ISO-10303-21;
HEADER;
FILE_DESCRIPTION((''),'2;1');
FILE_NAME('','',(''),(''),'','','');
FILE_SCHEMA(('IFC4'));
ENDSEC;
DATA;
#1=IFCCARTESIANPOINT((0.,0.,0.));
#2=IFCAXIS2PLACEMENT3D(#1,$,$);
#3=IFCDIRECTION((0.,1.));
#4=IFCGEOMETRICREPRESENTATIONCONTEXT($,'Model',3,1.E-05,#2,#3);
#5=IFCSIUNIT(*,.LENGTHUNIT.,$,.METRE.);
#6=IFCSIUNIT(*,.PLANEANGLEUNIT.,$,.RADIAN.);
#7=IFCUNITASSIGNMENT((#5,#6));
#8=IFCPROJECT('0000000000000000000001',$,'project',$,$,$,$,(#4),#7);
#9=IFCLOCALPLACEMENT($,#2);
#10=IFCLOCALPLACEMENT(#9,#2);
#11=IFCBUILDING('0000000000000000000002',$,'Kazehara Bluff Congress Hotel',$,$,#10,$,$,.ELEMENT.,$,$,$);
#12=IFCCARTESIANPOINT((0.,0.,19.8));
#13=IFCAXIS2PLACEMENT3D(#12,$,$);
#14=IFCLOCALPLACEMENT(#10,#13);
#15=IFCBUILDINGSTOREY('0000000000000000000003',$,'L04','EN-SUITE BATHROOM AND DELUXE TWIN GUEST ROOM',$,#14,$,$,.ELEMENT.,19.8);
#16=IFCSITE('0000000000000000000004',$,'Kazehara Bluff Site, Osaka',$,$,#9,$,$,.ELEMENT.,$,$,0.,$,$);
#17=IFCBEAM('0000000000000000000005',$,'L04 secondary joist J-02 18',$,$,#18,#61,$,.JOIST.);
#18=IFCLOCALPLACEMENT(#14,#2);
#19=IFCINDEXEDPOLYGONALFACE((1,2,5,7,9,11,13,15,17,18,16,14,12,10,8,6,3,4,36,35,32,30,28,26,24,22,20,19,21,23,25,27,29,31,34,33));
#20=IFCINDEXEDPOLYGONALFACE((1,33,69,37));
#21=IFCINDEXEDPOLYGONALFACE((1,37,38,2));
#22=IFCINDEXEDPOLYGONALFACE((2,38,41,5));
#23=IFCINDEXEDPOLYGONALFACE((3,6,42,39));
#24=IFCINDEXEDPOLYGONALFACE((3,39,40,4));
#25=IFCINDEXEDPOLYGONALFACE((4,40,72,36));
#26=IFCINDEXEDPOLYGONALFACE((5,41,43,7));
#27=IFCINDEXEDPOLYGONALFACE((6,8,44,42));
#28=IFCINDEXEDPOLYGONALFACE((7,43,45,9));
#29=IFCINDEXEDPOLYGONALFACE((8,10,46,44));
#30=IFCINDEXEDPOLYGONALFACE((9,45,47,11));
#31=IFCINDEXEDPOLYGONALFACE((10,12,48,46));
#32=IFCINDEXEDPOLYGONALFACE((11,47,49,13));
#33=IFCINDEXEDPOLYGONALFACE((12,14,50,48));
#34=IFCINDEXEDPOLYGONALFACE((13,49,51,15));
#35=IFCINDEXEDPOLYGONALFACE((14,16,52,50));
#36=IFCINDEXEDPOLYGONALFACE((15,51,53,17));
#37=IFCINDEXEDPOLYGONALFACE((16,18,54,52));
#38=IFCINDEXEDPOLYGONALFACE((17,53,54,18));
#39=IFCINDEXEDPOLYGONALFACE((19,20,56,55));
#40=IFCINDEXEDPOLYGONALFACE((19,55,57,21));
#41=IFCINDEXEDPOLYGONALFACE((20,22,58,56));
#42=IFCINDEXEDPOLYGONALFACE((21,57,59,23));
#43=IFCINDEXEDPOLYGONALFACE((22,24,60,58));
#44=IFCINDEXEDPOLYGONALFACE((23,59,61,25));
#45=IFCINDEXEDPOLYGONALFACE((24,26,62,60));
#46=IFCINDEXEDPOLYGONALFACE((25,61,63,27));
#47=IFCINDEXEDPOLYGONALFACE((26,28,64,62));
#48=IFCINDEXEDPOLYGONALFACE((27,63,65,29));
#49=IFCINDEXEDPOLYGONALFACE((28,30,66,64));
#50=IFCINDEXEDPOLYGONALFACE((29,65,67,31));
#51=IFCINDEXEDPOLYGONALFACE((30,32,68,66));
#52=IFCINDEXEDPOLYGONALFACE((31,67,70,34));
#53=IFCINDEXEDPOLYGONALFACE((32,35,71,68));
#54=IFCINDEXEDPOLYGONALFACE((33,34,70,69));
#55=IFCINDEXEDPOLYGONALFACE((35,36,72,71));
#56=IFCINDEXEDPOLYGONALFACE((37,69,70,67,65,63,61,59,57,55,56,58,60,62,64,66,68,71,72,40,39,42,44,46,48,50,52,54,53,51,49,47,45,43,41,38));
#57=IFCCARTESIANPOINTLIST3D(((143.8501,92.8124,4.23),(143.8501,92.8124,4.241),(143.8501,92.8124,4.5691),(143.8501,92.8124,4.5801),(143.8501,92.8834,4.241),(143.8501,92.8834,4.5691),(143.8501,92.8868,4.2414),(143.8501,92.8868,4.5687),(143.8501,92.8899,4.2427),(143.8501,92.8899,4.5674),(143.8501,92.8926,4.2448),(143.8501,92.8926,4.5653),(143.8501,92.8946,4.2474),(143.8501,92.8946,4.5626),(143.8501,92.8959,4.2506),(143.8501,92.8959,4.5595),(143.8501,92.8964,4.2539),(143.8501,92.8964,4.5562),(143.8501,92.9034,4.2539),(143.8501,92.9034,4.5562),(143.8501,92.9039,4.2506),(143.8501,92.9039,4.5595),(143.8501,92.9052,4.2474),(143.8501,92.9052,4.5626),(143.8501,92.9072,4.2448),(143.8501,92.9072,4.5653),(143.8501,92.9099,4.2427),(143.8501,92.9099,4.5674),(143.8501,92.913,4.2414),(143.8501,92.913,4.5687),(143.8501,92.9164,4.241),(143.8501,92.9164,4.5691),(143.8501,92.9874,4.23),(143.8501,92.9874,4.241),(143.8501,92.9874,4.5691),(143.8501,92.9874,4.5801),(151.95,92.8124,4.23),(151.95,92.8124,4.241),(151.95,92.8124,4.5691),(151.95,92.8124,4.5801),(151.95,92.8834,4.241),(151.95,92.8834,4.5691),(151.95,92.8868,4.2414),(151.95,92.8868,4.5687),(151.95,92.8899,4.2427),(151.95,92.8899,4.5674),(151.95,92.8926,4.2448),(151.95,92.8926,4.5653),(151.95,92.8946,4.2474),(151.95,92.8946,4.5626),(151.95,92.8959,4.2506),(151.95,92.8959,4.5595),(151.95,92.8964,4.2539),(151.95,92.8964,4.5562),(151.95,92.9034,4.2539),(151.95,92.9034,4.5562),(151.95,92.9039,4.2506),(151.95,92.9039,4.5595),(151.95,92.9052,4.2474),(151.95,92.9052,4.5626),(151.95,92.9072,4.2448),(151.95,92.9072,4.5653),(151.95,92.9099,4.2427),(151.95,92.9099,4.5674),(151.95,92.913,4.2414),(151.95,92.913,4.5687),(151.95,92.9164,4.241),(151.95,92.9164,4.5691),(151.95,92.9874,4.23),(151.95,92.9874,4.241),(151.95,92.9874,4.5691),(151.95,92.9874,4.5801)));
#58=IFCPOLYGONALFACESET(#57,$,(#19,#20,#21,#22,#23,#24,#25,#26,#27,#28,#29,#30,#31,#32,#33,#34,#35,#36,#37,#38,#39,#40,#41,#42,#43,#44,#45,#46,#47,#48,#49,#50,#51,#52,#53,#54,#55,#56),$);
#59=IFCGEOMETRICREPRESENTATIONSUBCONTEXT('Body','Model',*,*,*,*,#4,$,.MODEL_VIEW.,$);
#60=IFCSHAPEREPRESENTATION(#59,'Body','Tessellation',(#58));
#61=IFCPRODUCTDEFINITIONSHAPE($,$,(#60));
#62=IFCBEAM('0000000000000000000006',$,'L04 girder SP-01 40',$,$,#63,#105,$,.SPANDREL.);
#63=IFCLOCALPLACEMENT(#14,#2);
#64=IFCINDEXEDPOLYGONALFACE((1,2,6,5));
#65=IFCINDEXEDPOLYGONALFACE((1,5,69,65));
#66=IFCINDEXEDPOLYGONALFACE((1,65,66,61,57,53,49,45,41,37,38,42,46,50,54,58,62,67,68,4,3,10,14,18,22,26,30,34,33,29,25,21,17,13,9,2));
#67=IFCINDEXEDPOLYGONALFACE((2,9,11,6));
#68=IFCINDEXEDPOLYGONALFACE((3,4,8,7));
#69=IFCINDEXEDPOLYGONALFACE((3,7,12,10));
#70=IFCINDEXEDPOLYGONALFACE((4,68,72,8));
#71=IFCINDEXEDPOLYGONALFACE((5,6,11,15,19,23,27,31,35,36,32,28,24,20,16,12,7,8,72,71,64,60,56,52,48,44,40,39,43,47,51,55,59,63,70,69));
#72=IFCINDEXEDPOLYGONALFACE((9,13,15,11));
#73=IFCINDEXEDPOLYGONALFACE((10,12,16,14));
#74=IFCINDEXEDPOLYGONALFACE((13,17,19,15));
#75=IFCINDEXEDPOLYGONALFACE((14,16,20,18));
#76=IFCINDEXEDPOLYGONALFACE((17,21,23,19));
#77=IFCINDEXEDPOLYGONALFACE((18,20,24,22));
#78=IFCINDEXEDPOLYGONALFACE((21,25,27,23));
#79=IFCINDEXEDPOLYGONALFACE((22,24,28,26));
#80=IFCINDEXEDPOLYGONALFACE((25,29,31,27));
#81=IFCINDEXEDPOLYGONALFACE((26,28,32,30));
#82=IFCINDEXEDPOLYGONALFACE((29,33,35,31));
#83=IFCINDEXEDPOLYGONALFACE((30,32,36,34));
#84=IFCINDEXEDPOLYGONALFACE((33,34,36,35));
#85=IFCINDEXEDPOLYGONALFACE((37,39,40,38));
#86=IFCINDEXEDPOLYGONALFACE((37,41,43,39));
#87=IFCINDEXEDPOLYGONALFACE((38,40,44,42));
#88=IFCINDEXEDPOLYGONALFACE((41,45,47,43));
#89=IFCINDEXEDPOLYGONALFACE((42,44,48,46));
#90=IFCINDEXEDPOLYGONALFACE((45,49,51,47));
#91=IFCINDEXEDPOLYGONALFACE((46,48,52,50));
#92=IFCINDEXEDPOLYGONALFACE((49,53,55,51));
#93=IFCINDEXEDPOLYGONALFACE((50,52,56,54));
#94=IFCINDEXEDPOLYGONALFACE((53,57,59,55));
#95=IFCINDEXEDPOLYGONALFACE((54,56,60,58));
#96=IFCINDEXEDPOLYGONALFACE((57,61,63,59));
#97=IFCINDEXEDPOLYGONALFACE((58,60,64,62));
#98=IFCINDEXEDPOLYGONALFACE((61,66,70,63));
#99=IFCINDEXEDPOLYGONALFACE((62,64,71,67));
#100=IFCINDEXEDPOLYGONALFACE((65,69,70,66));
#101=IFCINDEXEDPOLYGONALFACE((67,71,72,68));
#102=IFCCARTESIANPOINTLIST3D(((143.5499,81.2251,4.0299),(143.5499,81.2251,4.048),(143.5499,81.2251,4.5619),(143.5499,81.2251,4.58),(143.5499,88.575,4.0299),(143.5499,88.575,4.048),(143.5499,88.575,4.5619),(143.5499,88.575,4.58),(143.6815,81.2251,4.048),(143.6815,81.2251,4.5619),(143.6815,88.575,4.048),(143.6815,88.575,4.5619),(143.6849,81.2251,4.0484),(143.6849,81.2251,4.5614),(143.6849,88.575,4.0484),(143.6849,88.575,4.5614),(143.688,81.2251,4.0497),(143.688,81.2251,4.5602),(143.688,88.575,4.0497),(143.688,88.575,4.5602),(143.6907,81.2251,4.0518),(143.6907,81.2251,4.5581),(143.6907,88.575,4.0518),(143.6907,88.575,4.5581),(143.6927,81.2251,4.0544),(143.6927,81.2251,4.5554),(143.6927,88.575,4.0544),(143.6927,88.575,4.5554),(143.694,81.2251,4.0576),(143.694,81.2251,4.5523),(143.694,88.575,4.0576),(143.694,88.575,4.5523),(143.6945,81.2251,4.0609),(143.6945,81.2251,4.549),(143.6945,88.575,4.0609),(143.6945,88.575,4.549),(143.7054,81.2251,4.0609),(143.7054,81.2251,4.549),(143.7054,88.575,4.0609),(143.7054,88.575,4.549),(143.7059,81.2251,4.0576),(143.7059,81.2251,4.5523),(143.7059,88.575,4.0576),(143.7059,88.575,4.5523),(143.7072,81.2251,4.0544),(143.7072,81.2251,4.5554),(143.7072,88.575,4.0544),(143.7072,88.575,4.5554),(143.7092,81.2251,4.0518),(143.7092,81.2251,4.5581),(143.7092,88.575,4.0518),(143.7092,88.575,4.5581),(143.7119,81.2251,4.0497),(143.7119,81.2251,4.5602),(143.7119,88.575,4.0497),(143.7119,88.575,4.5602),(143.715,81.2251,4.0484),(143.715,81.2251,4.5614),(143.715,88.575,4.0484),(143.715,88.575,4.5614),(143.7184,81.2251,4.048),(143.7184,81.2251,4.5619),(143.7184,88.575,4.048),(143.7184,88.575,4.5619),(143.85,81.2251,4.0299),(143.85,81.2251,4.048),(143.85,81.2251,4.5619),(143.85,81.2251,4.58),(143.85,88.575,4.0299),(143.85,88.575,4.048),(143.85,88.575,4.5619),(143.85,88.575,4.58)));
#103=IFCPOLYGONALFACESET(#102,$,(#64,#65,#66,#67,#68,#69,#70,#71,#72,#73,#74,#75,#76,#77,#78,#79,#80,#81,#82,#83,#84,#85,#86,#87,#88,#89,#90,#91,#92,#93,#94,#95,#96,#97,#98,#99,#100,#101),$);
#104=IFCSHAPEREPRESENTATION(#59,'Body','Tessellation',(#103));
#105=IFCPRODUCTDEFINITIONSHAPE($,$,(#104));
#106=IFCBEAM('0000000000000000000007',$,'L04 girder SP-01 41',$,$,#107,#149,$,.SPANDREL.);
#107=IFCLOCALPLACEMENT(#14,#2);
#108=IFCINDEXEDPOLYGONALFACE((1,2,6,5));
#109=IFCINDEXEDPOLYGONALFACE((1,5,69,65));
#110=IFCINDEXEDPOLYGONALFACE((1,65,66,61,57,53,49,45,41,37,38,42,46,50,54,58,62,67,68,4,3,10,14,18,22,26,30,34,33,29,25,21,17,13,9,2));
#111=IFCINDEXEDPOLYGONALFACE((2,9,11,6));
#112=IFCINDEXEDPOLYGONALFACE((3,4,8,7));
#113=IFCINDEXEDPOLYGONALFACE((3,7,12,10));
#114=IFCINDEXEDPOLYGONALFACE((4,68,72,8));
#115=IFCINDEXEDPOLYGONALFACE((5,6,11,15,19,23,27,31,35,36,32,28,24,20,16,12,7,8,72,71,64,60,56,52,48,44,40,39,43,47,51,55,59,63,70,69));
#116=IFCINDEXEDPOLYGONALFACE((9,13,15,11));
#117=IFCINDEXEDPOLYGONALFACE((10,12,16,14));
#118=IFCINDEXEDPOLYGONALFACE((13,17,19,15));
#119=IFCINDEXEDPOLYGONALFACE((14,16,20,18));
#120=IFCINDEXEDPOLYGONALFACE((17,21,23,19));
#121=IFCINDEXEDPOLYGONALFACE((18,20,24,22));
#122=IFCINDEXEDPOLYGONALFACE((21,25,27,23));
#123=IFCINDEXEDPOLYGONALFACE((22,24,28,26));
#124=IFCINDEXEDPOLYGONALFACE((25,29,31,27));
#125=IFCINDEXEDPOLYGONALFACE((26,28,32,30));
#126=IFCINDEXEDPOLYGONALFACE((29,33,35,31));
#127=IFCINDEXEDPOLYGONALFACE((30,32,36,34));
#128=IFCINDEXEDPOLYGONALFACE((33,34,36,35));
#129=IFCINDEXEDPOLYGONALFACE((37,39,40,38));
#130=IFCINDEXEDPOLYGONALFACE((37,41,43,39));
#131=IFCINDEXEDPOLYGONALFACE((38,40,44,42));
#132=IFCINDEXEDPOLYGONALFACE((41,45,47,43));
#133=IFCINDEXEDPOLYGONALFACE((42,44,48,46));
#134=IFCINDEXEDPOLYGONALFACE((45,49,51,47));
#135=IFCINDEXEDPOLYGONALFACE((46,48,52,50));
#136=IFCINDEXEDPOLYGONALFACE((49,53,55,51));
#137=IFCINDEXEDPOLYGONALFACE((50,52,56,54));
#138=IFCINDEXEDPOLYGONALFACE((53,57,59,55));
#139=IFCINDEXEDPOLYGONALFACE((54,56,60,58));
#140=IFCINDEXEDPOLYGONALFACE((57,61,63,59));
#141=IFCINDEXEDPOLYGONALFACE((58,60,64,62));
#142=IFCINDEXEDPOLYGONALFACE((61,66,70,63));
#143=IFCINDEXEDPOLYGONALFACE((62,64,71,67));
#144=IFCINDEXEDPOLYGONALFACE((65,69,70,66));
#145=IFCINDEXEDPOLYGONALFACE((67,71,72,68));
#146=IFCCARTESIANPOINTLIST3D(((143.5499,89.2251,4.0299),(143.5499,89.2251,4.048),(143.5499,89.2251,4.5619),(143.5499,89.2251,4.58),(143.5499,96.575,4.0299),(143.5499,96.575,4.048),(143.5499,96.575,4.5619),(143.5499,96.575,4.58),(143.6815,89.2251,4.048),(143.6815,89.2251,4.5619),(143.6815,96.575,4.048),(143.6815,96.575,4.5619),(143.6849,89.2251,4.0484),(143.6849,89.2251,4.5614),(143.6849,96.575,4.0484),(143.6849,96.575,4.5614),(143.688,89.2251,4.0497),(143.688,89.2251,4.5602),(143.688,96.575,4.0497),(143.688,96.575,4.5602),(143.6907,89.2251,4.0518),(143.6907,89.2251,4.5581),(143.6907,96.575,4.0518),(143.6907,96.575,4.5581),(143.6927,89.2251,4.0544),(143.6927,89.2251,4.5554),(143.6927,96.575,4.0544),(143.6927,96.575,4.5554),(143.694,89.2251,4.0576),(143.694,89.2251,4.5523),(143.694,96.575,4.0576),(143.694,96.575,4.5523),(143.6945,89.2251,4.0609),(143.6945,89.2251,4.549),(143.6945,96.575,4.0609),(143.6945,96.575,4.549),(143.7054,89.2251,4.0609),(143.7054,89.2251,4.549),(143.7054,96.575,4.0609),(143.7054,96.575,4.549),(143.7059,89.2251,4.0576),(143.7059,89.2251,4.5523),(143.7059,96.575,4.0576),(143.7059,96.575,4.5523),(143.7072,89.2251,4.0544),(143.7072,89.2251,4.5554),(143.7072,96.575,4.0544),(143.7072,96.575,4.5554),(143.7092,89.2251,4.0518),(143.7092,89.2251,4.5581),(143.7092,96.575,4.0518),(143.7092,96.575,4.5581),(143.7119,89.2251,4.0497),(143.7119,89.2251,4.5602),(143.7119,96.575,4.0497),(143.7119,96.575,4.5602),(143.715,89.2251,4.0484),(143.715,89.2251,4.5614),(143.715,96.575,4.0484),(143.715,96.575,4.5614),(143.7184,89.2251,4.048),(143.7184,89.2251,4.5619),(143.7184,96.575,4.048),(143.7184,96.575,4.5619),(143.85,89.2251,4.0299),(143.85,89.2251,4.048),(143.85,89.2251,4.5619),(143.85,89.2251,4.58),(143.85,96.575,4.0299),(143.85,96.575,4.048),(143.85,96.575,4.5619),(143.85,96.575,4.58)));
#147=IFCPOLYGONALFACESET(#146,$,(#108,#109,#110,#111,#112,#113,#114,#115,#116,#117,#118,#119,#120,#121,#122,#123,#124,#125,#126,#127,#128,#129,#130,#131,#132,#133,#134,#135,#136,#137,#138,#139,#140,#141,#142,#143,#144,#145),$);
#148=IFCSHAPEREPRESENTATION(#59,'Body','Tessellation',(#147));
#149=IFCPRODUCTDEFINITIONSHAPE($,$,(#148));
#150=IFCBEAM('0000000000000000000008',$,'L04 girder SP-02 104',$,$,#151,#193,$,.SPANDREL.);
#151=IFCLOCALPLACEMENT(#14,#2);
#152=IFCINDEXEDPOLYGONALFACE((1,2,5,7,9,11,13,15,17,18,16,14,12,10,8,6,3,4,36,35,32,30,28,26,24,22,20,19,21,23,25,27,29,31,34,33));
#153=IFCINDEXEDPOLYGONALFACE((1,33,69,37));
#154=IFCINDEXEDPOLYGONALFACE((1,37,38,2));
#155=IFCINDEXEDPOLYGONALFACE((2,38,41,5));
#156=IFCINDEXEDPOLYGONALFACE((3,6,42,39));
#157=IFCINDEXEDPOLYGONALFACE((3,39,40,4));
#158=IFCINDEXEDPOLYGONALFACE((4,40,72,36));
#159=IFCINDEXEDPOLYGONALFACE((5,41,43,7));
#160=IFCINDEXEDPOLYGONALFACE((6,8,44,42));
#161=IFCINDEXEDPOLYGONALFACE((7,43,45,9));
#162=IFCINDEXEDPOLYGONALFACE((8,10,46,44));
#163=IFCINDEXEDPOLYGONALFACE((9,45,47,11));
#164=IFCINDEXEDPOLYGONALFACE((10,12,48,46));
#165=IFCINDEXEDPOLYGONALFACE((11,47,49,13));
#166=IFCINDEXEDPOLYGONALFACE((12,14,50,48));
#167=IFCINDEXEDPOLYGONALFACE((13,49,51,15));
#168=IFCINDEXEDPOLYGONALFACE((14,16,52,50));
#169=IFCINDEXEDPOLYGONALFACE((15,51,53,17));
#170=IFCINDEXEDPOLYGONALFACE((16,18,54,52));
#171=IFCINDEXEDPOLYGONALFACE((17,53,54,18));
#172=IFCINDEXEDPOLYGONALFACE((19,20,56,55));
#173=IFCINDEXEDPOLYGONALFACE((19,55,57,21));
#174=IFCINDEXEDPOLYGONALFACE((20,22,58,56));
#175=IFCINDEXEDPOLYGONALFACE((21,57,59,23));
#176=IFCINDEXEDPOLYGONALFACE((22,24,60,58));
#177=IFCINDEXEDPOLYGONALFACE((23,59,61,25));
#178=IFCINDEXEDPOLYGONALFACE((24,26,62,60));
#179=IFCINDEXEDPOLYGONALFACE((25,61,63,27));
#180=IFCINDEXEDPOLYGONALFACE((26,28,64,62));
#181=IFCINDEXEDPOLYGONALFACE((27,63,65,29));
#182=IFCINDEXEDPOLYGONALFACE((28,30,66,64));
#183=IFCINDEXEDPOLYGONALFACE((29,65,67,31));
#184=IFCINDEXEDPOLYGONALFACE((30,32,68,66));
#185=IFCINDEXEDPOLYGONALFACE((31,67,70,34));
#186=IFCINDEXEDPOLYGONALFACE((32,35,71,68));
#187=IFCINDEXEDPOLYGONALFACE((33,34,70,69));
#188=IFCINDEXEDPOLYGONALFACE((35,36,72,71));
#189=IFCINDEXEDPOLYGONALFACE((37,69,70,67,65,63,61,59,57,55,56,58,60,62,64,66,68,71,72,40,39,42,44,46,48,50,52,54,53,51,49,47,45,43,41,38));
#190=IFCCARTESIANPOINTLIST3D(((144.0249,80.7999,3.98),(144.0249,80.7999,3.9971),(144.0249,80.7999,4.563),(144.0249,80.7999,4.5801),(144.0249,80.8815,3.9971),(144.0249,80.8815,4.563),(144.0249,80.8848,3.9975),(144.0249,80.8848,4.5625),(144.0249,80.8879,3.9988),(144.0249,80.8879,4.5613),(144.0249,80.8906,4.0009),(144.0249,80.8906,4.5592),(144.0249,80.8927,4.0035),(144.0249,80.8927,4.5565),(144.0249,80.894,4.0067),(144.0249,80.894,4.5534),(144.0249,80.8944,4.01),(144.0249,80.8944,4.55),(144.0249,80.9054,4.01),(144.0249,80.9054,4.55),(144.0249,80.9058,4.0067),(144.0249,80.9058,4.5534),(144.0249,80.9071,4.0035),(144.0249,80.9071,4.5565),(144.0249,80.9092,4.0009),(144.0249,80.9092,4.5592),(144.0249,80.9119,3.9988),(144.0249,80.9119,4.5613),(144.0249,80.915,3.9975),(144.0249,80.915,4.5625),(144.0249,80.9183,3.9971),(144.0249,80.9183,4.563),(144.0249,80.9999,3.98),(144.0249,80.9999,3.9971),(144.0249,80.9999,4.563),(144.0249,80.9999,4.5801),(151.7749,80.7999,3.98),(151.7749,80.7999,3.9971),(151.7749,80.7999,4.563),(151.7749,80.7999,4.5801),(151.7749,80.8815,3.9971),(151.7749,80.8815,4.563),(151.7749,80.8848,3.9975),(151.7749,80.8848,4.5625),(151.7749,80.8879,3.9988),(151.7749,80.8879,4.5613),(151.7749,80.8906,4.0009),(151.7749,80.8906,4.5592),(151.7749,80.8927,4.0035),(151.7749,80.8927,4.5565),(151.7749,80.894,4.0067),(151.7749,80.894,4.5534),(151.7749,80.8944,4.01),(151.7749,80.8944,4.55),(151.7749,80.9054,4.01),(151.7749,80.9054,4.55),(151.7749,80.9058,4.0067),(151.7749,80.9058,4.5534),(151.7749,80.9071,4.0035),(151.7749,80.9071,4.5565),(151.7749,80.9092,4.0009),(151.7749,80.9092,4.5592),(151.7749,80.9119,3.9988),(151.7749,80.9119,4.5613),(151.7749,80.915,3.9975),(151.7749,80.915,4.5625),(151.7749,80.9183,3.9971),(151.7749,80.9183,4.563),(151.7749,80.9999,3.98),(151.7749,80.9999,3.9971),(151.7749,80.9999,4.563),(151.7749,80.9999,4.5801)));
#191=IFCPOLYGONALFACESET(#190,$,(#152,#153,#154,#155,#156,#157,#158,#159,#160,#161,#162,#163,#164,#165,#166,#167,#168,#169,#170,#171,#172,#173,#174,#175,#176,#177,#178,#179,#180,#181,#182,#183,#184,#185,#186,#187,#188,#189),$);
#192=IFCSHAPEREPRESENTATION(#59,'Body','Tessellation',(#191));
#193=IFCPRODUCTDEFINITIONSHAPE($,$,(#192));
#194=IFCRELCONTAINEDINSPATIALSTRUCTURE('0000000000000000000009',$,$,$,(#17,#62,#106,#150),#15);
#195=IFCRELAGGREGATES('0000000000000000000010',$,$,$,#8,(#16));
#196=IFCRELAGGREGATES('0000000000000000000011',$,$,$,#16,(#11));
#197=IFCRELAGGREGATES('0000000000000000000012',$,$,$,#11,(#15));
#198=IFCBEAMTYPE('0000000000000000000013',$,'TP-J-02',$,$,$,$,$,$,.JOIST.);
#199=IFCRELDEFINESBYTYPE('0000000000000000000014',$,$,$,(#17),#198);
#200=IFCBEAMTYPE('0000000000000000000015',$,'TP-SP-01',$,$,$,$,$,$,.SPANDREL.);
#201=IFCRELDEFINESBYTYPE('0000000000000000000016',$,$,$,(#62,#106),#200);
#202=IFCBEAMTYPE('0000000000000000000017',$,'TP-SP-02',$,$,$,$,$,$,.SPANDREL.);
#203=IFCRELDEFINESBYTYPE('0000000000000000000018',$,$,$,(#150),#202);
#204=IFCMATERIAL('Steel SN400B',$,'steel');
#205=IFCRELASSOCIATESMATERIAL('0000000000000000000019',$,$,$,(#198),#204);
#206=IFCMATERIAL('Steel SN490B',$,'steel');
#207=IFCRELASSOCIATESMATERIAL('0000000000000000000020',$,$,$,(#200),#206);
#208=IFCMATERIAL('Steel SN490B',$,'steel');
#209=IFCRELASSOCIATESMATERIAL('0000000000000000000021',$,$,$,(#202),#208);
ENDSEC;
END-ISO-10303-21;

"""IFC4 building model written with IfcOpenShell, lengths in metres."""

from ifc_helpers import new_model, si_unit, direction, frame, origin, origin_2d, place, context, subcontext, project, spatial, i_section, extrude, material, material_profile, profile_set, type_object, element, save


model = new_model("IFC4")

# Units and contexts
model_context = context("Model", 3, precision=1e-05, world=origin(), true_north=direction((0.0, 1.0)))
body_context = subcontext(model_context, "Body", "Model", "MODEL_VIEW")
ifc_project = project(units=[si_unit("LENGTHUNIT", "METRE"), si_unit("PLANEANGLEUNIT", "RADIAN")], contexts=[model_context])

# Site, building, storey
site_placement = place(None, origin())
site = spatial("IfcSite", under=ifc_project, at=site_placement, Name="Kazehara Bluff Site, Osaka", CompositionType="ELEMENT", RefElevation=0.0)
building_placement = place(site_placement, origin())
building = spatial("IfcBuilding", under=site, at=building_placement, Name="Kazehara Bluff Congress Hotel", CompositionType="ELEMENT")
storey_placement = place(building_placement, frame((0.0, 0.0, 19.8)))
storey = spatial("IfcBuildingStorey", under=building, at=storey_placement, Name="L04", Description="EN-SUITE BATHROOM AND DELUXE TWIN GUEST ROOM", CompositionType="ELEMENT", Elevation=19.8)

# Beams
ifc_material_1 = material(Name="Steel SN400B", Category="steel")
ifc_material_profile_1 = material_profile(ifc_material_1, i_section(OverallWidth=0.175, OverallDepth=0.3501, WebThickness=0.0071, FlangeThickness=0.011, FilletRadius=0.0129, at=origin_2d()))
ifc_profile_set_1 = profile_set([ifc_material_profile_1], Name="Steel SN400B")
beam_type_1 = type_object("IfcBeamType", Name="TP-J-02", PredefinedType="JOIST", material=ifc_profile_set_1)
for number, where, z_axis, x_axis, name in (
    (1, (143.8501, 92.8999, 4.405), (1.0, 0.0, 0.0), (0.0, 1.0, 0.0), "L04 secondary joist J-02 18"),
):
    element("IfcBeam", number, at=place(storey_placement, frame(where, z_axis=z_axis, x_axis=x_axis)), inside=storey, type_object=beam_type_1, Name=name, PredefinedType="JOIST", context=body_context, shape_type="SweptSolid", body=[
        extrude(i_section(OverallWidth=0.175, OverallDepth=0.3501, WebThickness=0.0071, FlangeThickness=0.011, FilletRadius=0.0129, at=origin_2d()), origin(), (0.0, 0.0, 1.0), 8.0999),
    ])
ifc_material_2 = material(Name="Steel SN490B", Category="steel")
ifc_material_profile_2 = material_profile(ifc_material_2, i_section(OverallWidth=0.3, OverallDepth=0.55, WebThickness=0.011, FlangeThickness=0.0181, FilletRadius=0.0129, at=origin_2d()))
ifc_profile_set_2 = profile_set([ifc_material_profile_2], Name="Steel SN490B")
beam_type_2 = type_object("IfcBeamType", Name="TP-SP-01", PredefinedType="SPANDREL", material=ifc_profile_set_2)
for number, where, z_axis, x_axis, name in (
    (2, (143.7, 81.2251, 4.3049), (0.0, 1.0, 0.0), (-1.0, 0.0, 0.0), "L04 girder SP-01 40"),
    (3, (143.7, 89.2251, 4.3049), (0.0, 1.0, 0.0), (-1.0, 0.0, 0.0), "L04 girder SP-01 41"),
):
    element("IfcBeam", number, at=place(storey_placement, frame(where, z_axis=z_axis, x_axis=x_axis)), inside=storey, type_object=beam_type_2, Name=name, PredefinedType="SPANDREL", context=body_context, shape_type="SweptSolid", body=[
        extrude(i_section(OverallWidth=0.3, OverallDepth=0.55, WebThickness=0.011, FlangeThickness=0.0181, FilletRadius=0.0129, at=origin_2d()), origin(), (0.0, 0.0, 1.0), 7.3499),
    ])
ifc_material_3 = material(Name="Steel SN490B", Category="steel")
ifc_material_profile_3 = material_profile(ifc_material_3, i_section(OverallWidth=0.2, OverallDepth=0.6001, WebThickness=0.011, FlangeThickness=0.0171, FilletRadius=0.0129, at=origin_2d()))
ifc_profile_set_3 = profile_set([ifc_material_profile_3], Name="Steel SN490B")
beam_type_3 = type_object("IfcBeamType", Name="TP-SP-02", PredefinedType="SPANDREL", material=ifc_profile_set_3)
beam_placement = place(storey_placement, frame((144.0249, 80.8999, 4.28), z_axis=(1.0, 0.0, 0.0), x_axis=(0.0, 1.0, 0.0)))
element("IfcBeam", 4, at=beam_placement, inside=storey, type_object=beam_type_3, Name="L04 girder SP-02 104", PredefinedType="SPANDREL", context=body_context, shape_type="SweptSolid", body=[
    extrude(i_section(OverallWidth=0.2, OverallDepth=0.6001, WebThickness=0.011, FlangeThickness=0.0171, FilletRadius=0.0129, at=origin_2d()), origin(), (0.0, 0.0, 1.0), 7.75),
])

save(model, "model.ifc")
